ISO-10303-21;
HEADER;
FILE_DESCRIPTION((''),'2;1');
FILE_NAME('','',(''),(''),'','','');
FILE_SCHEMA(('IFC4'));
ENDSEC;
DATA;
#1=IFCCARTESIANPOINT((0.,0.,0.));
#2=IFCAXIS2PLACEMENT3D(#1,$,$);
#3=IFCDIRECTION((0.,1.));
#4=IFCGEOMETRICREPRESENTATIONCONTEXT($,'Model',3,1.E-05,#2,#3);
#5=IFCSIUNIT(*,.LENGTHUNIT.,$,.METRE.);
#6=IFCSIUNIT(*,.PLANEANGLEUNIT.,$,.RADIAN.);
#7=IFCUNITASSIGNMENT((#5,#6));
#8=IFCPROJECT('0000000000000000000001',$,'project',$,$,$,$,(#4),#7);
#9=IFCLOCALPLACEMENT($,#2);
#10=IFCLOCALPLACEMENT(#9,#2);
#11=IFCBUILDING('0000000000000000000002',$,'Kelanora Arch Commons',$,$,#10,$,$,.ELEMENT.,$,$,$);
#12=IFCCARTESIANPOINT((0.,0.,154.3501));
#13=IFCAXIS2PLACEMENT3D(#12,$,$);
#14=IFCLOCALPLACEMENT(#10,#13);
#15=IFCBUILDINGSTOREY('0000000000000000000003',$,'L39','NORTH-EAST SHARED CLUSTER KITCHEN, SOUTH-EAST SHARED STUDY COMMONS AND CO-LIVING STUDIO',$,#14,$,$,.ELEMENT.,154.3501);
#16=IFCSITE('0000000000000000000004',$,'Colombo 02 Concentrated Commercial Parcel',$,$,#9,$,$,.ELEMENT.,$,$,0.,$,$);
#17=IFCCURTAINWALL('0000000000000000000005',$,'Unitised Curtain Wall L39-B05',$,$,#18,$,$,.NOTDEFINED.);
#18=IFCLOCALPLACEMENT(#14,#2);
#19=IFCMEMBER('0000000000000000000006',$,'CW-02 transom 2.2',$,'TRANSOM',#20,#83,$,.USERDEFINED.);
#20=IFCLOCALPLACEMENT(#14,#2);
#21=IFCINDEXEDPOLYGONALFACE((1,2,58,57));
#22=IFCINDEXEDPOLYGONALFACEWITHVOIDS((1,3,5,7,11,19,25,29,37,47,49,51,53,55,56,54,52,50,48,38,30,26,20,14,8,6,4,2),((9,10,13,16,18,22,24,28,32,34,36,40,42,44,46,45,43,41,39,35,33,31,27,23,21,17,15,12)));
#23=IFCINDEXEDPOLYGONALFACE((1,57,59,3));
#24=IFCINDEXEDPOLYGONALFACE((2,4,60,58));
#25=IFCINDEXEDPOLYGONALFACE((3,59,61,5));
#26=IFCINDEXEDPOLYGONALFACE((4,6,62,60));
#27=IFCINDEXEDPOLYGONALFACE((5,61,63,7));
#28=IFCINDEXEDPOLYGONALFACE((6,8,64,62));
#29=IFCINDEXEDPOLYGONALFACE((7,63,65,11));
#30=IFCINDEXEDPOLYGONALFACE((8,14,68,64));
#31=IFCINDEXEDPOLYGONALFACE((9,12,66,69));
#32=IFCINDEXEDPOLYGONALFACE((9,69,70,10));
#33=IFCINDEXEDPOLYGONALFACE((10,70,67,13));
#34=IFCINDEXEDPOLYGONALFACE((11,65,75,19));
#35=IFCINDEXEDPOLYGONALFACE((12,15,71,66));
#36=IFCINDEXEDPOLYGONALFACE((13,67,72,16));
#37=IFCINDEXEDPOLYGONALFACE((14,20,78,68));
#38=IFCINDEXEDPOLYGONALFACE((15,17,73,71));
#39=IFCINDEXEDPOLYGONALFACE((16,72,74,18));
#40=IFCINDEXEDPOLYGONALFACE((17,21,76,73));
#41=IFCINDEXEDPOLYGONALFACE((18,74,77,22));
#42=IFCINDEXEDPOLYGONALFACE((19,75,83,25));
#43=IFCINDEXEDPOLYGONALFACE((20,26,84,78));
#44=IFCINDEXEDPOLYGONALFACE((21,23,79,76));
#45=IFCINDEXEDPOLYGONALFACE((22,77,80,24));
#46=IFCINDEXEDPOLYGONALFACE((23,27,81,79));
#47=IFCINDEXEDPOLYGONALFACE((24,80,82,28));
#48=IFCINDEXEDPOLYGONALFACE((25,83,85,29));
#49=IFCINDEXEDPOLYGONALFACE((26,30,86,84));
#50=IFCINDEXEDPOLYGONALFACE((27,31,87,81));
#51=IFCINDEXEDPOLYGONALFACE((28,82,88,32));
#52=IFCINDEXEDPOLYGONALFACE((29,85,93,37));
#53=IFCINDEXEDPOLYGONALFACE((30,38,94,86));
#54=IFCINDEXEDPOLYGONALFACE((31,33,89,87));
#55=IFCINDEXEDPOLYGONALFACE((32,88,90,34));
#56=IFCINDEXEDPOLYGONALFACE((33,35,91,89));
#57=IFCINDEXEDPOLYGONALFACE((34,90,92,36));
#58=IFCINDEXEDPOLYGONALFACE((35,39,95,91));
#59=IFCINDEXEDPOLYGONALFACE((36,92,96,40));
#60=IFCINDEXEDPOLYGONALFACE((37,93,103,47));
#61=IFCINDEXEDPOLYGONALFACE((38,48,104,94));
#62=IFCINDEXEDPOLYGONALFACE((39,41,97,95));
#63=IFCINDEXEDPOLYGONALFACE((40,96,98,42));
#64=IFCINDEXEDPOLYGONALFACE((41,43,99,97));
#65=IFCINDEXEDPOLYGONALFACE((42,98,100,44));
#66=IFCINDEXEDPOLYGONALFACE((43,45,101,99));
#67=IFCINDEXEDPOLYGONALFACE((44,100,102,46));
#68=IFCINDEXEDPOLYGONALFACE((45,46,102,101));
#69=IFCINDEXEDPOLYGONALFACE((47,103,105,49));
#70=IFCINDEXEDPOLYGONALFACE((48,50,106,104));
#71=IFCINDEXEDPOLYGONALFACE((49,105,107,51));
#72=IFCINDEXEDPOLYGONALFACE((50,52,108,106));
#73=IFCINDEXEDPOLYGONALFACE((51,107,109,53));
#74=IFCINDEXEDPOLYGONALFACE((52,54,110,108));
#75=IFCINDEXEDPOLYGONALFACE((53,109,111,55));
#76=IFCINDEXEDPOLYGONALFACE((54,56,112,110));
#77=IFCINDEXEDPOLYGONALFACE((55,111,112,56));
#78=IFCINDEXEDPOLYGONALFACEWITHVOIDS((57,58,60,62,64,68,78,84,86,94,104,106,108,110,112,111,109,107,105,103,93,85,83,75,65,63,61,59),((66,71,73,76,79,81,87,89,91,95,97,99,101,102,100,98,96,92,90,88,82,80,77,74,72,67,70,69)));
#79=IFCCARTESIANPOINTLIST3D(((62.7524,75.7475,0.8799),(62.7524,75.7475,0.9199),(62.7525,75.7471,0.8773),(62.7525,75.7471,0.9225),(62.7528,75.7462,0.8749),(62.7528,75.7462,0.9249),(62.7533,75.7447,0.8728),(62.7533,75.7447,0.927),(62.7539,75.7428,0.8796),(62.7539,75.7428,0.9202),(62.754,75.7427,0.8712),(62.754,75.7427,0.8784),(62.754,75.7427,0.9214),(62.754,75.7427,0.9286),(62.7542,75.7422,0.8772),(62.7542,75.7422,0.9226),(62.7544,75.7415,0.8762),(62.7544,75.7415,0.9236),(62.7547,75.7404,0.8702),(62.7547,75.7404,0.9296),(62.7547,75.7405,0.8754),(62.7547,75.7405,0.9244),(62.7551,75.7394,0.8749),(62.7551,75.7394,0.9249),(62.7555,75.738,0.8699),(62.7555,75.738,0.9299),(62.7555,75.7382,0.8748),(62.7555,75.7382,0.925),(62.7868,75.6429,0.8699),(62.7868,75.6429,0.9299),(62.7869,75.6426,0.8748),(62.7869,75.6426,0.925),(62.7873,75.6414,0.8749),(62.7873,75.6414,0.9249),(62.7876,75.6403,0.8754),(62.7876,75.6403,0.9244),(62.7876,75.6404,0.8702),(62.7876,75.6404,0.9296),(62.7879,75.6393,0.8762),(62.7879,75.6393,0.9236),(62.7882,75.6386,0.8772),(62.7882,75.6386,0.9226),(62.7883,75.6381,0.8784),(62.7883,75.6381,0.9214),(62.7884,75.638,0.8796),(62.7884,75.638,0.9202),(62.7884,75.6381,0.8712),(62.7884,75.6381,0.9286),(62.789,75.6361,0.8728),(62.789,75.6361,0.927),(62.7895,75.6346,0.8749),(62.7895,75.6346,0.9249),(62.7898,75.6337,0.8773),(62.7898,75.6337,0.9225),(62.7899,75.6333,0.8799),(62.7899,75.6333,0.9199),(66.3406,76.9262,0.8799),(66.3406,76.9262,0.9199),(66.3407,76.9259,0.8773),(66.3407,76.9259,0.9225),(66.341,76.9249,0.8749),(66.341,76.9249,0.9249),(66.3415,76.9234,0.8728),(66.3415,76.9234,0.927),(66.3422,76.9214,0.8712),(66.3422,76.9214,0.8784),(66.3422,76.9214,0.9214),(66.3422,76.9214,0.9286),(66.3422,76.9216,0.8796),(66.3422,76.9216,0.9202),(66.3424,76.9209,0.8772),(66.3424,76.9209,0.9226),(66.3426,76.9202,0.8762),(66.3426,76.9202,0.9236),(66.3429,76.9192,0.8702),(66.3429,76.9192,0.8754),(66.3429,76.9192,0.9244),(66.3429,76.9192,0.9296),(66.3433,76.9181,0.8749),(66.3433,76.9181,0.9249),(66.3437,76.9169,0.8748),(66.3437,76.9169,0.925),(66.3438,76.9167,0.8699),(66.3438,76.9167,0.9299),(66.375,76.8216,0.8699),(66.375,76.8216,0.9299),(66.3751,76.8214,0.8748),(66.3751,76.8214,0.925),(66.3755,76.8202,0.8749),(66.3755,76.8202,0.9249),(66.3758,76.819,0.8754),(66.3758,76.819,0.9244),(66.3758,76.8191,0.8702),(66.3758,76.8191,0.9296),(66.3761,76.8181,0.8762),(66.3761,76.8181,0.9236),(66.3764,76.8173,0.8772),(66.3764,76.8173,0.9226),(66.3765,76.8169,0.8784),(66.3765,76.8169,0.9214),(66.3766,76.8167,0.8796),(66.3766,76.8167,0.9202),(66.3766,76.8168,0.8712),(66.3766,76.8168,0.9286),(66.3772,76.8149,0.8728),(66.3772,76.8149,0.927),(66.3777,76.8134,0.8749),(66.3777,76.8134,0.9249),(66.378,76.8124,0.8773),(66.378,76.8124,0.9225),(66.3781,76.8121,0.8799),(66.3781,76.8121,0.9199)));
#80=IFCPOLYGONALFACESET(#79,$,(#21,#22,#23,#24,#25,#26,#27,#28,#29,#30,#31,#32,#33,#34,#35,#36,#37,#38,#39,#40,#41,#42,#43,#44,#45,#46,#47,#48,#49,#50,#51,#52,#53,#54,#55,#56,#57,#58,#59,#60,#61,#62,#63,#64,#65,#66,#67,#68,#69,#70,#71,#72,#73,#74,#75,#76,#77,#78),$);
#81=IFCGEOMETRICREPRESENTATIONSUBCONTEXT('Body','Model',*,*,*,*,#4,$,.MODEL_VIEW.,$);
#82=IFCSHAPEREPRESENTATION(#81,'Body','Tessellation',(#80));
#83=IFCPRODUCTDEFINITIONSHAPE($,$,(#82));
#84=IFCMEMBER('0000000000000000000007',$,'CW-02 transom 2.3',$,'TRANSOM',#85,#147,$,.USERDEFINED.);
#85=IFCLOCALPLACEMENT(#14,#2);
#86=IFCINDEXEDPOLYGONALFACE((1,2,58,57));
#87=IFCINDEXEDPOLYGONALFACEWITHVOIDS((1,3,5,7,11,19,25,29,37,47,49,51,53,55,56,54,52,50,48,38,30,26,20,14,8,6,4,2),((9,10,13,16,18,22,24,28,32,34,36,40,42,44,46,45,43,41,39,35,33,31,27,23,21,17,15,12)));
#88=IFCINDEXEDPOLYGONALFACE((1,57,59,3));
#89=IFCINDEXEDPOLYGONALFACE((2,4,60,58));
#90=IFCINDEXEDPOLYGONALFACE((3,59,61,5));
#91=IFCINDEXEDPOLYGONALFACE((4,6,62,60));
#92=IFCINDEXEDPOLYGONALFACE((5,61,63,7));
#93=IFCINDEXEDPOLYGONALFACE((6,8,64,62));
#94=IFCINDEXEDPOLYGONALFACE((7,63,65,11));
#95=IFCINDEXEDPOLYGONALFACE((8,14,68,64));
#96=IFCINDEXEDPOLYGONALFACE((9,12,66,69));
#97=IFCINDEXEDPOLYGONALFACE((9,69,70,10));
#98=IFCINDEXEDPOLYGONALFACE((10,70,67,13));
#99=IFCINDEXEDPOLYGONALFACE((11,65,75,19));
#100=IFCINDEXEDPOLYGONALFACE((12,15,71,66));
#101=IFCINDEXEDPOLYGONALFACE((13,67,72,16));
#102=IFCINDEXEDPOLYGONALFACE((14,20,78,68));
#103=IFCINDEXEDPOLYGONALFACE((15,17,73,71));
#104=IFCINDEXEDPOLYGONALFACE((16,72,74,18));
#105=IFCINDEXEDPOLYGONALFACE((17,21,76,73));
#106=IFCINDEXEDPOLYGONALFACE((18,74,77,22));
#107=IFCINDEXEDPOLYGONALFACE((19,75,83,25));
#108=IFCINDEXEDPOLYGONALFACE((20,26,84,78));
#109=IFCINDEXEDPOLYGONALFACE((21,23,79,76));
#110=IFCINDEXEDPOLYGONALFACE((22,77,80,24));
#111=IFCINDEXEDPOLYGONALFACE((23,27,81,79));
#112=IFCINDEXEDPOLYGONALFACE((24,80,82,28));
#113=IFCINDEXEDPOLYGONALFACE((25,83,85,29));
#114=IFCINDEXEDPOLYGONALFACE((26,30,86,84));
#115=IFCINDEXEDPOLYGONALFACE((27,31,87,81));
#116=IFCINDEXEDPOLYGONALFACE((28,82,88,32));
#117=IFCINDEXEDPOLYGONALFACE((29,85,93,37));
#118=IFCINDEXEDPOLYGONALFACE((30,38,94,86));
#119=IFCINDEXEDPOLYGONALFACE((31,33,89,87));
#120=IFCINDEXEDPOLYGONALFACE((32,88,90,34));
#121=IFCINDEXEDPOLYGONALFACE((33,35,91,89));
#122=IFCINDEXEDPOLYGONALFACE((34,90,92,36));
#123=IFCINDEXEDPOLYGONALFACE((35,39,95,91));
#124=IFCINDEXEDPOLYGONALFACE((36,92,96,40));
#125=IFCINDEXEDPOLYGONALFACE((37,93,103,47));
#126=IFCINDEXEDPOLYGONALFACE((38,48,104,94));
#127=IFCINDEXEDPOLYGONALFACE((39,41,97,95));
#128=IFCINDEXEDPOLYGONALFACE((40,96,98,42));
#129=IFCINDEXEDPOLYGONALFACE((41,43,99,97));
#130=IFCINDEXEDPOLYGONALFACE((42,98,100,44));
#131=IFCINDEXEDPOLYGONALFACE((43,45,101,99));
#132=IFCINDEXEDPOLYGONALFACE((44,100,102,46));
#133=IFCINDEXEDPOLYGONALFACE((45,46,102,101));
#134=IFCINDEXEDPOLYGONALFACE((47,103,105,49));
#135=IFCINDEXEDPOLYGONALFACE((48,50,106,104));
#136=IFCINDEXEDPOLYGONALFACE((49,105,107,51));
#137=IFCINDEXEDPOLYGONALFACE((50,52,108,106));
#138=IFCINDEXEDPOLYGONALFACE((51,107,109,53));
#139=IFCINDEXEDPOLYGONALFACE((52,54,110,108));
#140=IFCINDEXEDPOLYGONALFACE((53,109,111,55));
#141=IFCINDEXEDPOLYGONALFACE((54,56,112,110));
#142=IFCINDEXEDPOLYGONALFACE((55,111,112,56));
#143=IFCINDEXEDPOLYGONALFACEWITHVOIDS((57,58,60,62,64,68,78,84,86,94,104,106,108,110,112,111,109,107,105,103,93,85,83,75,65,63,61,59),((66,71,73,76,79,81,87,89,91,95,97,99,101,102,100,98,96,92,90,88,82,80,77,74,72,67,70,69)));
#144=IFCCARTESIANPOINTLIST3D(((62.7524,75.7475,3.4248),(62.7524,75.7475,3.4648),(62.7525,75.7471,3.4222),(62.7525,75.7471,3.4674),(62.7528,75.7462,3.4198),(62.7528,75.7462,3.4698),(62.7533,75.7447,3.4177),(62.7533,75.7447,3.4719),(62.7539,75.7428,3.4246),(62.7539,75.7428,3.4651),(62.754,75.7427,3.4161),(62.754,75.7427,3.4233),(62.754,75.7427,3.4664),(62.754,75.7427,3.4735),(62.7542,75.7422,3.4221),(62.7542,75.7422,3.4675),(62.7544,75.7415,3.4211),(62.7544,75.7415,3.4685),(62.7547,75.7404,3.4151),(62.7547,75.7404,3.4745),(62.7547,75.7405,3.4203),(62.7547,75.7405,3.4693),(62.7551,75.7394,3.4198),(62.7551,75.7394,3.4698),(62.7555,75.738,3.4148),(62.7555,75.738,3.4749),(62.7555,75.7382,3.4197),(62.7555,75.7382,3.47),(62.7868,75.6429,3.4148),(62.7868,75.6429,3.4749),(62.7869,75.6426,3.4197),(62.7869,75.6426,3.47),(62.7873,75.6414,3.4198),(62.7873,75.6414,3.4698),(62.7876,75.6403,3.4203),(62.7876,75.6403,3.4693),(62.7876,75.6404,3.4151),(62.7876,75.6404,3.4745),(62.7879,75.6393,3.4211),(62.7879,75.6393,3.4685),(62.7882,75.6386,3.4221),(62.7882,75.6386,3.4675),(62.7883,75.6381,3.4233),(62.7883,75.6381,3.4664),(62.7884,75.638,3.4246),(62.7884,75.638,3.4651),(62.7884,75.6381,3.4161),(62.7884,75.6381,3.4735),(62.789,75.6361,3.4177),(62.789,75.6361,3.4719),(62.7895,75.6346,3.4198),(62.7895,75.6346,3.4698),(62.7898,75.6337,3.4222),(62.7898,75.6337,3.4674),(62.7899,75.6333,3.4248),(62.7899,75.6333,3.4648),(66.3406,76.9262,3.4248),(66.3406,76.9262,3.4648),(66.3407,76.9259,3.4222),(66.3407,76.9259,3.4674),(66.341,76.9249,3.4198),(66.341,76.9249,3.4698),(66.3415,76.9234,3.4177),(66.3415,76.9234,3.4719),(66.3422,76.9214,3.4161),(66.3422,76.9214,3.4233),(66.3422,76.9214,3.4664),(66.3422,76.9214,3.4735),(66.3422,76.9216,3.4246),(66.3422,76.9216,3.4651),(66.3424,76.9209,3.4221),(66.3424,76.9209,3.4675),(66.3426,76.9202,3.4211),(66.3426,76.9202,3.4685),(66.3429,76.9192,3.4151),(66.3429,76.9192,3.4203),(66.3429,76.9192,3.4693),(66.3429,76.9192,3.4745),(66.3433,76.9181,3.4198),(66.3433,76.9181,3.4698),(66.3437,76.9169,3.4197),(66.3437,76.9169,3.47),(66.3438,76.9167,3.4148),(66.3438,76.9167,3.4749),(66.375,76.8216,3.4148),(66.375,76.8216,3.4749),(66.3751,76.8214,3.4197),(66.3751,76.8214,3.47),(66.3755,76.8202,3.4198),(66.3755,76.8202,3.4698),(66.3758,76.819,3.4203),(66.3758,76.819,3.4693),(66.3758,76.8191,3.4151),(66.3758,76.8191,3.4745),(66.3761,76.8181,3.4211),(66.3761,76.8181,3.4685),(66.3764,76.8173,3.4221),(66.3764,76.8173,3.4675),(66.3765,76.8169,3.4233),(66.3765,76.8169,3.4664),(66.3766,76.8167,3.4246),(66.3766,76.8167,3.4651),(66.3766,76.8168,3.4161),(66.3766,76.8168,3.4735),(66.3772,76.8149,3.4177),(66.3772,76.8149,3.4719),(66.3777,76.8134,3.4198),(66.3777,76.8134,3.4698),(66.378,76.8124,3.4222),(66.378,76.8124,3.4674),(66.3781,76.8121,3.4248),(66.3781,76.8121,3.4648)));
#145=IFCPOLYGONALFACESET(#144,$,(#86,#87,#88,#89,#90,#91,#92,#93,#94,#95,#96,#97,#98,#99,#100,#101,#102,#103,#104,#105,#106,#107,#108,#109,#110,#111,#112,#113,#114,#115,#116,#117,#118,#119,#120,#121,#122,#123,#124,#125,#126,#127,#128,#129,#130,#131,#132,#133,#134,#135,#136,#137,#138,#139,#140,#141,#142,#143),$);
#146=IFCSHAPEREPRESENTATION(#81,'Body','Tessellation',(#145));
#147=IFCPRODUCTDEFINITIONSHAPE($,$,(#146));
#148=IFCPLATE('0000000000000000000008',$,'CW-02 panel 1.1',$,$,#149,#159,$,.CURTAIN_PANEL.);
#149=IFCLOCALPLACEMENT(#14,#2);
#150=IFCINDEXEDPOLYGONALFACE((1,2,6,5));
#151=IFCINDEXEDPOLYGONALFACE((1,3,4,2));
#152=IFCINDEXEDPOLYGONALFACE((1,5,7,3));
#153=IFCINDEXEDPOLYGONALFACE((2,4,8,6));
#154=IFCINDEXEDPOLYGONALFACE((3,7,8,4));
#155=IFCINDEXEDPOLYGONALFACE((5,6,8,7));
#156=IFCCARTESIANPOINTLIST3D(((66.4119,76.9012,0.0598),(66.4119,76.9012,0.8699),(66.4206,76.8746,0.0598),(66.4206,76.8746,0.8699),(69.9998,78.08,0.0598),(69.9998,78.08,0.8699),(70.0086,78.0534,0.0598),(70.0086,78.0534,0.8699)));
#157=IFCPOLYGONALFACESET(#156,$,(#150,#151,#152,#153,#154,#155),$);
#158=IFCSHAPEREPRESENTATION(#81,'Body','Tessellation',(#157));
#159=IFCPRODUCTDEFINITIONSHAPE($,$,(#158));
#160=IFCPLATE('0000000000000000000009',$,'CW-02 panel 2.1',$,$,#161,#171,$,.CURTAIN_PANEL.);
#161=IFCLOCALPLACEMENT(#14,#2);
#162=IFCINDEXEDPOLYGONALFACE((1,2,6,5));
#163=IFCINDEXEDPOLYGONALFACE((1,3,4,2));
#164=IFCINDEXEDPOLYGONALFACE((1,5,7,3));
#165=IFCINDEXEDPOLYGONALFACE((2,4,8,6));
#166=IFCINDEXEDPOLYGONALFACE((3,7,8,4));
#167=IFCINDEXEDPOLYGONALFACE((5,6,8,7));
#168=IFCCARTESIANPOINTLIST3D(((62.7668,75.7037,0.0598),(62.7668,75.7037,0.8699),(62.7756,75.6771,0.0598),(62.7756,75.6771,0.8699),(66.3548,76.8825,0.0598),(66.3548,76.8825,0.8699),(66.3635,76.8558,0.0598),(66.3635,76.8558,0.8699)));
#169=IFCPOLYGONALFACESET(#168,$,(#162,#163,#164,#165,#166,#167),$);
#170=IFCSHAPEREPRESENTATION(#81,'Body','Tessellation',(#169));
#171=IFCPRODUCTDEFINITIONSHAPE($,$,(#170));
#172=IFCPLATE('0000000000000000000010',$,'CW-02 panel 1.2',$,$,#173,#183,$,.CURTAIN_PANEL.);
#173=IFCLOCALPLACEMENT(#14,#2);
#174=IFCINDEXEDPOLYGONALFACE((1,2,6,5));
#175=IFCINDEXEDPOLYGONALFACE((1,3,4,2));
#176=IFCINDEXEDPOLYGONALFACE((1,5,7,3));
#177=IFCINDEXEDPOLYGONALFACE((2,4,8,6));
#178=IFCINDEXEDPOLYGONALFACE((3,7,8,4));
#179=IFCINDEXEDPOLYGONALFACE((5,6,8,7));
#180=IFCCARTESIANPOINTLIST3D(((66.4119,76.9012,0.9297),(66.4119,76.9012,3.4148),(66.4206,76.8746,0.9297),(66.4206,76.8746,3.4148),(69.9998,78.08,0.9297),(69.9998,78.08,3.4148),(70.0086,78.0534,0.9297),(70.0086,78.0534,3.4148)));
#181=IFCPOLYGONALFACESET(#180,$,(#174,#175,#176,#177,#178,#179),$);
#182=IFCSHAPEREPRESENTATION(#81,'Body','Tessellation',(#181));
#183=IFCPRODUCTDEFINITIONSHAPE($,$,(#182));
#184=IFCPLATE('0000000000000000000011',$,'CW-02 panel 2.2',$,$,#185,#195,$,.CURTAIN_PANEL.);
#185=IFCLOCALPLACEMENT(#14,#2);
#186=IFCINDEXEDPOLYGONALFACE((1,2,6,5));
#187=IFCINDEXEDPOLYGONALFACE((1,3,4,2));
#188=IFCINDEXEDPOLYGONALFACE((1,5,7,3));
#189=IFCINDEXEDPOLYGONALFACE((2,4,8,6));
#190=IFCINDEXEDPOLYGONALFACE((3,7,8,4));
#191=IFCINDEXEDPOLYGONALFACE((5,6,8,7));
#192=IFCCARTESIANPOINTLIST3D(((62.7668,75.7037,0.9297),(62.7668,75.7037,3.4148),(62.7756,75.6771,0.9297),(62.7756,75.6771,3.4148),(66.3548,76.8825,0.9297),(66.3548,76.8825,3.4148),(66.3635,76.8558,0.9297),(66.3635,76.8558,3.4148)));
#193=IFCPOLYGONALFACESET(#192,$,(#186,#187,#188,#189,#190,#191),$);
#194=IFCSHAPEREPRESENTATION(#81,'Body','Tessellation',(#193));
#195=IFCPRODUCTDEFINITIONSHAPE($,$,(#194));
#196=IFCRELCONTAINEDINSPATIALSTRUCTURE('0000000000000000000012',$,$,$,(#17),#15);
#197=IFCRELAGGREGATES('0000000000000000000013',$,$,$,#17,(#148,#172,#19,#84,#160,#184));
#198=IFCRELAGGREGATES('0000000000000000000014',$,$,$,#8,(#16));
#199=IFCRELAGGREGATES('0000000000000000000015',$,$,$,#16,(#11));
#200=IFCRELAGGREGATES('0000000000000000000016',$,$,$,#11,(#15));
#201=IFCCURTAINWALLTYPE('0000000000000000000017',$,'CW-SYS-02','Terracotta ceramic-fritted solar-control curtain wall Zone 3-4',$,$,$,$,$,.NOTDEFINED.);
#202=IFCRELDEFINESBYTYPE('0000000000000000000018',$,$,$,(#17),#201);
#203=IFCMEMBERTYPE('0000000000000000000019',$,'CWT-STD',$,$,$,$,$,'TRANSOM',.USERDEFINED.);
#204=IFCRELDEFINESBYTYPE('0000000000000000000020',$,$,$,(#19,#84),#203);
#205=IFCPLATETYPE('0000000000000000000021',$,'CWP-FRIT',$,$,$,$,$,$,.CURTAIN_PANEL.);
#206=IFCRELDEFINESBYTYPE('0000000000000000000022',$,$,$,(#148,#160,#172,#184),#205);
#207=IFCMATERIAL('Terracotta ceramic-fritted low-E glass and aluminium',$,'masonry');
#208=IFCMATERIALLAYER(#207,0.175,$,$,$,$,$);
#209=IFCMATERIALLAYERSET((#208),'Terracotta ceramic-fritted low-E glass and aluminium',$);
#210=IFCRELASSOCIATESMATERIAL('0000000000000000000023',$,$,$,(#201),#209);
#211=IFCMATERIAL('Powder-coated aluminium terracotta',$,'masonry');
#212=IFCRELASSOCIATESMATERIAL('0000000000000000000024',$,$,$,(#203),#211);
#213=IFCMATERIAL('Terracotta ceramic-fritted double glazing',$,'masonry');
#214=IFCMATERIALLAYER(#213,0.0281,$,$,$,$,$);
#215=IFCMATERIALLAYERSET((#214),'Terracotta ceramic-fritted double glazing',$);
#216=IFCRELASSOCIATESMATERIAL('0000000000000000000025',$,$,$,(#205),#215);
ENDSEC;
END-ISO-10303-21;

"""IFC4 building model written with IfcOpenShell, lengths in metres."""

from ifc_helpers import new_model, si_unit, direction, frame, origin, origin_2d, place, context, subcontext, project, spatial, rectangle, hollow_rectangle, extrude, source, transform, mapped, material, layer, layer_set, material_profile, profile_set, type_object, element, aggregate, save


model = new_model("IFC4")

# Units and contexts
model_context = context("Model", 3, precision=1e-05, world=origin(), true_north=direction((0.0, 1.0)))
body_context = subcontext(model_context, "Body", "Model", "MODEL_VIEW")
ifc_project = project(units=[si_unit("LENGTHUNIT", "METRE"), si_unit("PLANEANGLEUNIT", "RADIAN")], contexts=[model_context])

# Site, building, storey
site_placement = place(None, origin())
site = spatial("IfcSite", under=ifc_project, at=site_placement, Name="Colombo 02 Concentrated Commercial Parcel", CompositionType="ELEMENT", RefElevation=0.0)
building_placement = place(site_placement, origin())
building = spatial("IfcBuilding", under=site, at=building_placement, Name="Kelanora Arch Commons", CompositionType="ELEMENT")
storey_placement = place(building_placement, frame((0.0, 0.0, 154.3501)))
storey = spatial("IfcBuildingStorey", under=building, at=storey_placement, Name="L39", Description="NORTH-EAST SHARED CLUSTER KITCHEN, SOUTH-EAST SHARED STUDY COMMONS AND CO-LIVING STUDIO", CompositionType="ELEMENT", Elevation=154.3501)

# Curtain wall, members, plates
ifc_material_1 = material(Name="Terracotta ceramic-fritted low-E glass and aluminium", Category="masonry")
ifc_layer_1 = layer(ifc_material_1, 0.175)
ifc_layer_set_1 = layer_set([ifc_layer_1], Name="Terracotta ceramic-fritted low-E glass and aluminium")
curtain_wall_type = type_object("IfcCurtainWallType", Name="CW-SYS-02", Description="Terracotta ceramic-fritted solar-control curtain wall Zone 3-4", PredefinedType="NOTDEFINED", material=ifc_layer_set_1)
curtain_wall_placement = place(storey_placement, origin())
curtain_wall = element("IfcCurtainWall", 1, at=curtain_wall_placement, inside=storey, type_object=curtain_wall_type, Name="Unitised Curtain Wall L39-B05", PredefinedType="NOTDEFINED")
ifc_material_2 = material(Name="Powder-coated aluminium terracotta", Category="masonry")
ifc_material_profile_1 = material_profile(ifc_material_2, hollow_rectangle(XDim=0.1201, YDim=0.0601, WallThickness=0.0049, InnerFilletRadius=0.0049, OuterFilletRadius=0.01, at=origin_2d()), Name="CWT120x60")
ifc_profile_set_1 = profile_set([ifc_material_profile_1], Name="Powder-coated aluminium terracotta")
member_type_1 = type_object("IfcMemberType", Name="CWT-STD", ElementType="TRANSOM", PredefinedType="USERDEFINED", material=ifc_profile_set_1)
member_1_placement = place(storey_placement, frame((66.3594, 76.8691, 0.8999), z_axis=(-0.950051, -0.312094, 0.0), x_axis=(0.312094, -0.950051, 0.0)))
member_1 = element("IfcMember", 2, at=member_1_placement, type_object=member_type_1, Name="CW-02 transom 2.2", ObjectType="TRANSOM", PredefinedType="USERDEFINED", context=body_context, shape_type="SweptSolid", body=[
    extrude(hollow_rectangle(XDim=0.1201, YDim=0.0601, WallThickness=0.0049, InnerFilletRadius=0.0049, OuterFilletRadius=0.01, at=origin_2d()), origin(), (0.0, 0.0, 1.0), 3.7769),
])
member_2_placement = place(storey_placement, frame((66.3594, 76.8691, 3.4448), z_axis=(-0.950051, -0.312094, 0.0), x_axis=(0.312094, -0.950051, 0.0)))
member_2 = element("IfcMember", 3, at=member_2_placement, type_object=member_type_1, Name="CW-02 transom 2.3", ObjectType="TRANSOM", PredefinedType="USERDEFINED", context=body_context, shape_type="SweptSolid", body=[
    extrude(hollow_rectangle(XDim=0.1201, YDim=0.0601, WallThickness=0.0049, InnerFilletRadius=0.0049, OuterFilletRadius=0.01, at=origin_2d()), origin(), (0.0, 0.0, 1.0), 3.7769),
])
ifc_material_3 = material(Name="Terracotta ceramic-fritted double glazing", Category="masonry")
ifc_layer_2 = layer(ifc_material_3, 0.0281)
ifc_layer_set_2 = layer_set([ifc_layer_2], Name="Terracotta ceramic-fritted double glazing")
plate_type = type_object("IfcPlateType", Name="CWP-FRIT", PredefinedType="CURTAIN_PANEL", material=ifc_layer_set_2)
shared_shape_1 = source(origin(), body_context, "Body", "SweptSolid", [
    extrude(rectangle(XDim=3.7766, YDim=0.0281, at=origin_2d()), origin(), (0.0, 0.0, 1.0), 0.8101),
])
plate_1_placement = place(storey_placement, frame((68.2102, 77.4773, 0.0598), z_axis=(0.0, 0.0, 1.0), x_axis=(-0.95004, -0.312128, 0.0)))
plate_1 = element("IfcPlate", 4, at=plate_1_placement, type_object=plate_type, Name="CW-02 panel 1.1", PredefinedType="CURTAIN_PANEL", context=body_context, shape_type="MappedRepresentation", body=[
    mapped(shared_shape_1, transform((0.0, 0.0, 0.0), scale=1.0)),
])
plate_2_placement = place(storey_placement, frame((64.5652, 76.2798, 0.0598), z_axis=(0.0, 0.0, 1.0), x_axis=(-0.95004, -0.312128, 0.0)))
plate_2 = element("IfcPlate", 5, at=plate_2_placement, type_object=plate_type, Name="CW-02 panel 2.1", PredefinedType="CURTAIN_PANEL", context=body_context, shape_type="MappedRepresentation", body=[
    mapped(shared_shape_1, transform((0.0, 0.0, 0.0), scale=1.0)),
])
shared_shape_2 = source(origin(), body_context, "Body", "SweptSolid", [
    extrude(rectangle(XDim=3.7766, YDim=0.0281, at=origin_2d()), origin(), (0.0, 0.0, 1.0), 2.4851),
])
plate_3_placement = place(storey_placement, frame((68.2102, 77.4773, 0.9297), z_axis=(0.0, 0.0, 1.0), x_axis=(-0.95004, -0.312128, 0.0)))
plate_3 = element("IfcPlate", 6, at=plate_3_placement, type_object=plate_type, Name="CW-02 panel 1.2", PredefinedType="CURTAIN_PANEL", context=body_context, shape_type="MappedRepresentation", body=[
    mapped(shared_shape_2, transform((0.0, 0.0, 0.0), scale=1.0)),
])
plate_4_placement = place(storey_placement, frame((64.5652, 76.2798, 0.9297), z_axis=(0.0, 0.0, 1.0), x_axis=(-0.95004, -0.312128, 0.0)))
plate_4 = element("IfcPlate", 7, at=plate_4_placement, type_object=plate_type, Name="CW-02 panel 2.2", PredefinedType="CURTAIN_PANEL", context=body_context, shape_type="MappedRepresentation", body=[
    mapped(shared_shape_2, transform((0.0, 0.0, 0.0), scale=1.0)),
])
aggregate(curtain_wall, [plate_1, plate_3, member_1, member_2, plate_2, plate_4])

save(model, "model.ifc")
